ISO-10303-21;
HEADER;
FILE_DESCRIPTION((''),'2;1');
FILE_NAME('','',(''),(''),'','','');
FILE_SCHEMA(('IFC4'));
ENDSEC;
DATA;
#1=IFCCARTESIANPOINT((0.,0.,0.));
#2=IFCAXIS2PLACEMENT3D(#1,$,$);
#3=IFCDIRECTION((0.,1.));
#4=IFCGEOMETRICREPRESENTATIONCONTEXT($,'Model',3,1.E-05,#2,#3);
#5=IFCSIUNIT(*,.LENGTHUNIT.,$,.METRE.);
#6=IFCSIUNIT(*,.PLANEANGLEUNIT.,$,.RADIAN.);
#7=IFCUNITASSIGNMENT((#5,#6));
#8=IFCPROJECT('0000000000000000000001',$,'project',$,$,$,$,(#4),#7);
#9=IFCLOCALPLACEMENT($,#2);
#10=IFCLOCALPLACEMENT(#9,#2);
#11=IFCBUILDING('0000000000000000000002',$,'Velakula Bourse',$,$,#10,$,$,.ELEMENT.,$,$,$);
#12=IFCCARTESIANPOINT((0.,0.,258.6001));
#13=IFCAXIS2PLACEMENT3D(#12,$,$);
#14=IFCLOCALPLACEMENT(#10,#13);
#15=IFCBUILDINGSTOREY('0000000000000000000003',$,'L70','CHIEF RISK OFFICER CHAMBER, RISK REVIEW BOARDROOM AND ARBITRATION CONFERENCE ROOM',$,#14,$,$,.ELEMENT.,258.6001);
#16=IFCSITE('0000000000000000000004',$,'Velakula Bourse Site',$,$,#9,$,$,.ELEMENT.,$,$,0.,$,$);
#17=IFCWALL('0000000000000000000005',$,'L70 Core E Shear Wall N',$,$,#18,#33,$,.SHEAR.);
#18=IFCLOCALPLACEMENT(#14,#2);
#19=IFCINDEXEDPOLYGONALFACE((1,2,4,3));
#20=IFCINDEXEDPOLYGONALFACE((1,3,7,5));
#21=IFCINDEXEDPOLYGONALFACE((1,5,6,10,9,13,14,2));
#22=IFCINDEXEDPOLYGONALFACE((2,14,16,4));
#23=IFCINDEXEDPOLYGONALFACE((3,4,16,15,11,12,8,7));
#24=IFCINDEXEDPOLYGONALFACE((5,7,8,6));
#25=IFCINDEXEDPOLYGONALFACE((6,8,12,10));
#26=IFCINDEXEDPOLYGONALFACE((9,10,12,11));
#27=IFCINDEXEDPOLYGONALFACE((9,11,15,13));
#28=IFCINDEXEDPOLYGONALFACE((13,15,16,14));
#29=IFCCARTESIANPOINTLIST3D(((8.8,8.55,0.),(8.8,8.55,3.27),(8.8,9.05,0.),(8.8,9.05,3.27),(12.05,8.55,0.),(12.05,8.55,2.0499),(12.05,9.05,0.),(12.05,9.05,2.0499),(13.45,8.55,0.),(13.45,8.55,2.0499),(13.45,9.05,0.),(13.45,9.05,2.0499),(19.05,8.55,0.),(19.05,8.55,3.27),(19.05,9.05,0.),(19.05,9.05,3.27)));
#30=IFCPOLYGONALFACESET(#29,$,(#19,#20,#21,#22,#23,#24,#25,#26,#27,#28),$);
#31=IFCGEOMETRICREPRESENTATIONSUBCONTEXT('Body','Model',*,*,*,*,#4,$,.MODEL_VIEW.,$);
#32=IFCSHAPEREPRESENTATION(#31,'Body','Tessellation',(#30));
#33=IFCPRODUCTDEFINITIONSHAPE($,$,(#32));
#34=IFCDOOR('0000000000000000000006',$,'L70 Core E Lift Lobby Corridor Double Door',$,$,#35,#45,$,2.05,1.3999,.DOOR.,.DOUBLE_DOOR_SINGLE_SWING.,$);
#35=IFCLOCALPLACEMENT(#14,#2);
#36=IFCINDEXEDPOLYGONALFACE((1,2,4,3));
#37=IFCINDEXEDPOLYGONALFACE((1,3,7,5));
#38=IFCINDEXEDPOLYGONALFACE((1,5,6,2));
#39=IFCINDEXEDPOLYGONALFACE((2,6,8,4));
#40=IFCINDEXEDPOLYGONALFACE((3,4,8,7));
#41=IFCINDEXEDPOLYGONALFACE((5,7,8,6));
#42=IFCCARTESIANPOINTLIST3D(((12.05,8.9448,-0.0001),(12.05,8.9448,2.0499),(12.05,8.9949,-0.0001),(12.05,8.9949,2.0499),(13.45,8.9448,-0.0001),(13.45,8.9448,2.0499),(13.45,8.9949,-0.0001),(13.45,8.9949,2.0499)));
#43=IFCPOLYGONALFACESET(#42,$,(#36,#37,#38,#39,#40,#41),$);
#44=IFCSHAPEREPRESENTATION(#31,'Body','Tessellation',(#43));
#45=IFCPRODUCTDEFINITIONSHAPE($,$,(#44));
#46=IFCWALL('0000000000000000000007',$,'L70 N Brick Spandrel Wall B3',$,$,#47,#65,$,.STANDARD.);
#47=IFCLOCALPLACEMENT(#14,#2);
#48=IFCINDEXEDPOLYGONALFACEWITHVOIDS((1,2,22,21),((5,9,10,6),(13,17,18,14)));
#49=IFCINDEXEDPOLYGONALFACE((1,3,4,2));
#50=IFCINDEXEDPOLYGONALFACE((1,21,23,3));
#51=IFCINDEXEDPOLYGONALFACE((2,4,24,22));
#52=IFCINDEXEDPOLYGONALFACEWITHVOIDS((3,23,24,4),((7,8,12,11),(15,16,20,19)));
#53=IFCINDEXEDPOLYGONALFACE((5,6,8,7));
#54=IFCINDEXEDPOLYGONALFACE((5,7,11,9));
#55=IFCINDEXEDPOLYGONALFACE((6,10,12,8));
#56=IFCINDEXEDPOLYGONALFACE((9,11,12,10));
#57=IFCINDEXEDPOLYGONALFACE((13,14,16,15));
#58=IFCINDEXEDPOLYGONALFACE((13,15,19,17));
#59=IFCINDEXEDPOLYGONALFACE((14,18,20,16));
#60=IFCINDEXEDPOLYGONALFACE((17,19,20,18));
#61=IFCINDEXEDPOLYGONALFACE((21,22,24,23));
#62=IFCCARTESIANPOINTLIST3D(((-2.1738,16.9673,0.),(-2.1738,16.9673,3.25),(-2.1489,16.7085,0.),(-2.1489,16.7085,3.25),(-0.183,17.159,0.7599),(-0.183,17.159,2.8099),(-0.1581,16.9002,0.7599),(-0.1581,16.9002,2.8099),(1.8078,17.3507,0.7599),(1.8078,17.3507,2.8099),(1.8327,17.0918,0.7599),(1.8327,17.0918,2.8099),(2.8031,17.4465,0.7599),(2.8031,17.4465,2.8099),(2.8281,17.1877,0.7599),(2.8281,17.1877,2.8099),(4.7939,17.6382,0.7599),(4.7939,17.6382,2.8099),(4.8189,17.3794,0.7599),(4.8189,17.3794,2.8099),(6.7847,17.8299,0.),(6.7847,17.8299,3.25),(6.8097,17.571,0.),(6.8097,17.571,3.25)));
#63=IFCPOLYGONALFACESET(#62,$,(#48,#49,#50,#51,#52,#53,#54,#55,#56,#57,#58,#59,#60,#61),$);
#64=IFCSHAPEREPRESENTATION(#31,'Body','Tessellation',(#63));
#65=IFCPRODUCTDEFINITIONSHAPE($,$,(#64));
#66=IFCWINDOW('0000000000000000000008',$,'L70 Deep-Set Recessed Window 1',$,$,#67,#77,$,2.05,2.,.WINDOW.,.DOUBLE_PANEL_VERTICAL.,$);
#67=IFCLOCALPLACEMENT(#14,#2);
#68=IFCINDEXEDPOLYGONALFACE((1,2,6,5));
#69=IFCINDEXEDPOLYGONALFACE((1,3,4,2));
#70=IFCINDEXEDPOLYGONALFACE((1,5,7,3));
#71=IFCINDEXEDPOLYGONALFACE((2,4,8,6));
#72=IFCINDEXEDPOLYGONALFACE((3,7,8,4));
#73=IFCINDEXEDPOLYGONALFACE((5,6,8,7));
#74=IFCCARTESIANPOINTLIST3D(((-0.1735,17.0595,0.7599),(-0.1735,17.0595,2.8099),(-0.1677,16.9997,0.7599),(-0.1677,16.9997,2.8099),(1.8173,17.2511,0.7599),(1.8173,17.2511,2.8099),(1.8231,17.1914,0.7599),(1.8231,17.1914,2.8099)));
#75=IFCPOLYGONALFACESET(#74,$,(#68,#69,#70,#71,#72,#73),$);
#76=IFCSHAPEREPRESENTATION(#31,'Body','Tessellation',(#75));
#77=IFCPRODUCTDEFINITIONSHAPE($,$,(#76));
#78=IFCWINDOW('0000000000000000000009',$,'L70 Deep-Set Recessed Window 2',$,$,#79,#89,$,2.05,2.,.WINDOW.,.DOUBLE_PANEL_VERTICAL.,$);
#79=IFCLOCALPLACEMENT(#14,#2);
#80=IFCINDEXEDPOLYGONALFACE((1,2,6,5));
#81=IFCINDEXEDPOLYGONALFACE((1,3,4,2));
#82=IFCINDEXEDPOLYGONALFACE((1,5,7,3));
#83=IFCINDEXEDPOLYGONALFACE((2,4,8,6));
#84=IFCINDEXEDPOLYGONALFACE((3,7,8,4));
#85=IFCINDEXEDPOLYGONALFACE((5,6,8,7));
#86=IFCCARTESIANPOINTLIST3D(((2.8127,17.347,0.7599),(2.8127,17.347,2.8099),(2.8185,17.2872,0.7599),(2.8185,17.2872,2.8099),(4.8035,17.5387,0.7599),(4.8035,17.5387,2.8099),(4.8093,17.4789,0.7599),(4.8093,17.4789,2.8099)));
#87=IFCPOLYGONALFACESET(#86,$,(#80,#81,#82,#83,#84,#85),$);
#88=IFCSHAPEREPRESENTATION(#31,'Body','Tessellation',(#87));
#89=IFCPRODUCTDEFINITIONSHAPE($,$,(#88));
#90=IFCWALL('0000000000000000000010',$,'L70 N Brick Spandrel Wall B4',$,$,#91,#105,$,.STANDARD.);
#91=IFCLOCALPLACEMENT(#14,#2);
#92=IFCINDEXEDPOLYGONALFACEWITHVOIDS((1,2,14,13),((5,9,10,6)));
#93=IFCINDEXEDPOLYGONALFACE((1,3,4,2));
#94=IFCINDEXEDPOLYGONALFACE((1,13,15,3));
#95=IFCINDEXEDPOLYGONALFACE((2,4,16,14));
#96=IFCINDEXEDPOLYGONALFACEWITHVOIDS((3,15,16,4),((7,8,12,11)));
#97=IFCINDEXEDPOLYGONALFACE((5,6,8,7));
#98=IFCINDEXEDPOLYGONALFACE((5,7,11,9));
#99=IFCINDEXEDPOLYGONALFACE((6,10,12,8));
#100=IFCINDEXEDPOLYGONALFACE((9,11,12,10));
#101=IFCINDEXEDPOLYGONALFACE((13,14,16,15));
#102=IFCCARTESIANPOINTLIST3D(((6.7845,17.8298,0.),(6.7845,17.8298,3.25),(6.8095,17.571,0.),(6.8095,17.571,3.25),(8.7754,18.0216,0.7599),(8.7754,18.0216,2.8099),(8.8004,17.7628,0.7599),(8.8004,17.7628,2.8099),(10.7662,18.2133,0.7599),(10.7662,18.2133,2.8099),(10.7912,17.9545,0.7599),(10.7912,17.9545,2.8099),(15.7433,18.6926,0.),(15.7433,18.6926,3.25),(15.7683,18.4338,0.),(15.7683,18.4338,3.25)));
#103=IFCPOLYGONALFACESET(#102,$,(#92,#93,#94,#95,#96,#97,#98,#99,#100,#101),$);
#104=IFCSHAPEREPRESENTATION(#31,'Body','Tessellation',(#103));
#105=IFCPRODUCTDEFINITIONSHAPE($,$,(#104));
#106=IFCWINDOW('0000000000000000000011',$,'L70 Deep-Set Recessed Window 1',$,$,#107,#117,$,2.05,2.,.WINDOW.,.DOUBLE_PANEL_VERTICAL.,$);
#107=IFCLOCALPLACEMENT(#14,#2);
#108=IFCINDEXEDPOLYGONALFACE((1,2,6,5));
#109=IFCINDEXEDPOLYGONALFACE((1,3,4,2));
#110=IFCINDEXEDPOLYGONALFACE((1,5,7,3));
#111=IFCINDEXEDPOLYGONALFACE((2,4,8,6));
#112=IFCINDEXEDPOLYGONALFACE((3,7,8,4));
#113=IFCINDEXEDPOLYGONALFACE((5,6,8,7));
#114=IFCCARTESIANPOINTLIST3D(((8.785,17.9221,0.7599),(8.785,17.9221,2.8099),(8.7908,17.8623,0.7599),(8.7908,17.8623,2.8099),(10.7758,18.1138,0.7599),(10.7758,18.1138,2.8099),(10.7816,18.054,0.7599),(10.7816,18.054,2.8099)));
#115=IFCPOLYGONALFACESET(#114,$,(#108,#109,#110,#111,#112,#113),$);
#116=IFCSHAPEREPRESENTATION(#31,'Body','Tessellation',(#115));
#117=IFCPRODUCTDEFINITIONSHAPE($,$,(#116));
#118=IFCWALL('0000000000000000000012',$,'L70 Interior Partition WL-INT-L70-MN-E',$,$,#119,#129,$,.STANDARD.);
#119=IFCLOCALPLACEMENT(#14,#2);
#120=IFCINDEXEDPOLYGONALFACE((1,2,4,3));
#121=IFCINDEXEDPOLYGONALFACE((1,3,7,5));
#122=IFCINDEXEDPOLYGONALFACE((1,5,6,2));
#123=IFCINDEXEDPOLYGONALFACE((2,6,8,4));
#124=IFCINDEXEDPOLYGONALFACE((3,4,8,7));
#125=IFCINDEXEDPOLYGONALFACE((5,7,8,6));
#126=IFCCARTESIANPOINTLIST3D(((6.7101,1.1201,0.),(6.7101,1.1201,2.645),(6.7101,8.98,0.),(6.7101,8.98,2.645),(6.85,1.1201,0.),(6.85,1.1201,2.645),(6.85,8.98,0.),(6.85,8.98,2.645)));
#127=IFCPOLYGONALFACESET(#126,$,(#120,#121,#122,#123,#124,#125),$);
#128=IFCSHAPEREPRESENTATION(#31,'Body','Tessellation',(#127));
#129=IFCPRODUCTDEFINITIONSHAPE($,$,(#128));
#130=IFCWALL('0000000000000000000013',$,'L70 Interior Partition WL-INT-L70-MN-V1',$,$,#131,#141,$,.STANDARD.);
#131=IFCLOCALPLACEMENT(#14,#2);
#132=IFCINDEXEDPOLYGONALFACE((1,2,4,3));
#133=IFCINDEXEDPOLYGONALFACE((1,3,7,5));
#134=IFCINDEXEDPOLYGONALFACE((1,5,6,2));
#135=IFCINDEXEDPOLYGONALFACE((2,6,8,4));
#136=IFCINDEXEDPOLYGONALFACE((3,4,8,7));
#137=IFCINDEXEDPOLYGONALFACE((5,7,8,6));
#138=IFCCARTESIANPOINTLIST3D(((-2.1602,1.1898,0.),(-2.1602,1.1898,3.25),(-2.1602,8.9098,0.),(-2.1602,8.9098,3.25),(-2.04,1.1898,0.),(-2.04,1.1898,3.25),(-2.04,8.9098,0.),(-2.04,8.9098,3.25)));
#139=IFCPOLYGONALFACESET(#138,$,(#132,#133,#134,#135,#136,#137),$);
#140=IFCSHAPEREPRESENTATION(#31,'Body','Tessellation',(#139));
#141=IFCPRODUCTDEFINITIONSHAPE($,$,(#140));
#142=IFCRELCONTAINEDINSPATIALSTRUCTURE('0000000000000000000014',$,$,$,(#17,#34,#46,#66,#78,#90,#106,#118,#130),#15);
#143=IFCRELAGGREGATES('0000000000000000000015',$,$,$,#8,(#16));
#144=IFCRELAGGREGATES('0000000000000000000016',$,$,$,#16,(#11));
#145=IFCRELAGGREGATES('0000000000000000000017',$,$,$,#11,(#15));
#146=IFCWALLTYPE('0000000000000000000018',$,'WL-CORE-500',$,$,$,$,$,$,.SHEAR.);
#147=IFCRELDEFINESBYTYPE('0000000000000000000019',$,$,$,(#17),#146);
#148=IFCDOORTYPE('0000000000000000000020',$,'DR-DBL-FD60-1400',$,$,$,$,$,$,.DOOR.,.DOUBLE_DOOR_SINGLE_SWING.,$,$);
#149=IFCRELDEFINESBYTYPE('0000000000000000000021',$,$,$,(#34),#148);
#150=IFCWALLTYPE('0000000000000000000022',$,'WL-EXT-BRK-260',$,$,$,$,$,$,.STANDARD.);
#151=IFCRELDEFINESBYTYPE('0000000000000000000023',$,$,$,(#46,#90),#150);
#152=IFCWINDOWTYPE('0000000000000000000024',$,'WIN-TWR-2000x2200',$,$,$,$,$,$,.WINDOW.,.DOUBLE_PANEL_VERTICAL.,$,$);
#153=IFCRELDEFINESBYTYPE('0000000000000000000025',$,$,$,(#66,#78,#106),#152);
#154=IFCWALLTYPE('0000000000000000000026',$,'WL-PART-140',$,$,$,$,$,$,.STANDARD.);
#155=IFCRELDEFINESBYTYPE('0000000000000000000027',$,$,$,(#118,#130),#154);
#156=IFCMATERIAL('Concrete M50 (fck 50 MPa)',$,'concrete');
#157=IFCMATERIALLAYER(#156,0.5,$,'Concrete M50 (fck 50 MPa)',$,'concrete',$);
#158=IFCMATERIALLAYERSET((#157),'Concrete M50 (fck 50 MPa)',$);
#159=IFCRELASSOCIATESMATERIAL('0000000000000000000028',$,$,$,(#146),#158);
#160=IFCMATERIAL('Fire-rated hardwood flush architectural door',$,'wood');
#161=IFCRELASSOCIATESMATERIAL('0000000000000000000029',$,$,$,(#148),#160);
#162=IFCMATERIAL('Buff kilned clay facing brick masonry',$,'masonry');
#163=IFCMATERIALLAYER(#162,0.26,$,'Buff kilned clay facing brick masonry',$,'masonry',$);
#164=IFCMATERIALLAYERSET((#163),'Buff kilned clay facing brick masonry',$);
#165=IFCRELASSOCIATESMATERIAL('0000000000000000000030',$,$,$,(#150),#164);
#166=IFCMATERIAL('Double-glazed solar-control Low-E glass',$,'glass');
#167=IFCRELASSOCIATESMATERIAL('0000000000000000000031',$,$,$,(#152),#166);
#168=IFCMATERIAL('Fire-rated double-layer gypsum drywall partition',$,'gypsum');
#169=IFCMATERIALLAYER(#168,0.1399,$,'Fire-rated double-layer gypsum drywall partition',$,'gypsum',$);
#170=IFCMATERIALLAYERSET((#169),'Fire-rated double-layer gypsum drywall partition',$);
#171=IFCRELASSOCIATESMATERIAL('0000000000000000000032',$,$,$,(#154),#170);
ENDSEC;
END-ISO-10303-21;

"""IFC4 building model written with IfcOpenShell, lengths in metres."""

from ifc_helpers import new_model, si_unit, direction, frame, frame_2d, origin, place, context, subcontext, project, spatial, rectangle, extrude, material, layer, layer_set, type_object, element, fill, save


model = new_model("IFC4")

# Units and contexts
model_context = context("Model", 3, precision=1e-05, world=origin(), true_north=direction((0.0, 1.0)))
body_context = subcontext(model_context, "Body", "Model", "MODEL_VIEW")
ifc_project = project(units=[si_unit("LENGTHUNIT", "METRE"), si_unit("PLANEANGLEUNIT", "RADIAN")], contexts=[model_context])

# Site, building, storey
site_placement = place(None, origin())
site = spatial("IfcSite", under=ifc_project, at=site_placement, Name="Velakula Bourse Site", CompositionType="ELEMENT", RefElevation=0.0)
building_placement = place(site_placement, origin())
building = spatial("IfcBuilding", under=site, at=building_placement, Name="Velakula Bourse", CompositionType="ELEMENT")
storey_placement = place(building_placement, frame((0.0, 0.0, 258.6001)))
storey = spatial("IfcBuildingStorey", under=building, at=storey_placement, Name="L70", Description="CHIEF RISK OFFICER CHAMBER, RISK REVIEW BOARDROOM AND ARBITRATION CONFERENCE ROOM", CompositionType="ELEMENT", Elevation=258.6001)

# Shared definitions
ifc_material_1 = material(Name="Concrete M50 (fck 50 MPa)", Category="concrete")

# Wall, opening, door
ifc_layer_1 = layer(ifc_material_1, 0.5, Name="Concrete M50 (fck 50 MPa)", Category="concrete")
ifc_layer_set_1 = layer_set([ifc_layer_1], Name="Concrete M50 (fck 50 MPa)")
wall_type_1 = type_object("IfcWallType", Name="WL-CORE-500", PredefinedType="SHEAR", material=ifc_layer_set_1)
wall_1_placement = place(storey_placement, frame((8.8, 8.8, 0.0), z_axis=(0.0, 0.0, 1.0), x_axis=(1.0, 0.0, 0.0)))
wall_1 = element("IfcWall", 1, at=wall_1_placement, inside=storey, type_object=wall_type_1, Name="L70 Core E Shear Wall N", PredefinedType="SHEAR", context=body_context, shape_type="SweptSolid", body=[
    extrude(rectangle(XDim=10.25, YDim=0.5, at=frame_2d((5.125, 0.0))), origin(), (0.0, 0.0, 1.0), 3.27),
])
opening_1_placement = place(wall_1_placement, frame((3.25, 0.0, 0.0)))
opening_1 = element("IfcOpeningElement", 2, at=opening_1_placement, cuts=wall_1, PredefinedType="OPENING", context=body_context, shape_type="SweptSolid", body=[
    extrude(rectangle(XDim=1.3999, YDim=2.05, at=frame_2d((0.7, 1.0249))), frame((0.0, 0.26, 0.0), z_axis=(0.0, -1.0, 0.0), x_axis=(1.0, 0.0, 0.0)), (0.0, 0.0, 1.0), 0.52),
])
ifc_material_2 = material(Name="Fire-rated hardwood flush architectural door", Category="wood")
door_type = type_object("IfcDoorType", Name="DR-DBL-FD60-1400", OperationType="DOUBLE_DOOR_SINGLE_SWING", PredefinedType="DOOR", material=ifc_material_2)
door_placement = place(opening_1_placement, origin())
door = element("IfcDoor", 3, at=door_placement, inside=storey, type_object=door_type, Name="L70 Core E Lift Lobby Corridor Double Door", OperationType="DOUBLE_DOOR_SINGLE_SWING", OverallHeight=2.05, OverallWidth=1.3999, PredefinedType="DOOR", context=body_context, shape_type="SweptSolid", body=[
    extrude(rectangle(XDim=1.3999, YDim=2.05, at=frame_2d((0.7, 1.0249))), frame((0.0, 0.1948, 0.0), z_axis=(0.0, -1.0, 0.0), x_axis=(1.0, 0.0, 0.0)), (0.0, 0.0, 1.0), 0.05),
])
fill(opening_1, door)

# Wall, openings, windows
ifc_material_3 = material(Name="Buff kilned clay facing brick masonry", Category="masonry")
ifc_layer_2 = layer(ifc_material_3, 0.26, Name="Buff kilned clay facing brick masonry", Category="masonry")
ifc_layer_set_2 = layer_set([ifc_layer_2], Name="Buff kilned clay facing brick masonry")
wall_type_2 = type_object("IfcWallType", Name="WL-EXT-BRK-260", PredefinedType="STANDARD", material=ifc_layer_set_2)
wall_2_placement = place(storey_placement, frame((-2.1614, 16.8379, 0.0), z_axis=(0.0, 0.0, 1.0), x_axis=(0.995397, 0.09584, 0.0)))
wall_2 = element("IfcWall", 4, at=wall_2_placement, inside=storey, type_object=wall_type_2, Name="L70 N Brick Spandrel Wall B3", PredefinedType="STANDARD", context=body_context, shape_type="SweptSolid", body=[
    extrude(rectangle(XDim=9.0, YDim=0.26, at=frame_2d((4.5, 0.0))), origin(), (0.0, 0.0, 1.0), 3.25),
])
opening_2_placement = place(wall_2_placement, frame((2.0, 0.0, 0.76)))
opening_2 = element("IfcOpeningElement", 5, at=opening_2_placement, cuts=wall_2, PredefinedType="OPENING", context=body_context, shape_type="SweptSolid", body=[
    extrude(rectangle(XDim=2.0, YDim=2.05, at=frame_2d((1.0, 1.0249))), frame((0.0, 0.1399, 0.0), z_axis=(0.0, -1.0, 0.0), x_axis=(1.0, 0.0, 0.0)), (0.0, 0.0, 1.0), 0.28),
])
opening_3_placement = place(wall_2_placement, frame((5.0, 0.0, 0.76)))
opening_3 = element("IfcOpeningElement", 6, at=opening_3_placement, cuts=wall_2, PredefinedType="OPENING", context=body_context, shape_type="SweptSolid", body=[
    extrude(rectangle(XDim=2.0, YDim=2.05, at=frame_2d((1.0, 1.0249))), frame((0.0, 0.1399, 0.0), z_axis=(0.0, -1.0, 0.0), x_axis=(1.0, 0.0, 0.0)), (0.0, 0.0, 1.0), 0.28),
])
ifc_material_4 = material(Name="Double-glazed solar-control Low-E glass", Category="glass")
window_type = type_object("IfcWindowType", Name="WIN-TWR-2000x2200", PartitioningType="DOUBLE_PANEL_VERTICAL", PredefinedType="WINDOW", material=ifc_material_4)
window_1_placement = place(opening_2_placement, origin())
window_1 = element("IfcWindow", 7, at=window_1_placement, inside=storey, type_object=window_type, Name="L70 Deep-Set Recessed Window 1", OverallHeight=2.05, OverallWidth=2.0, PartitioningType="DOUBLE_PANEL_VERTICAL", PredefinedType="WINDOW", context=body_context, shape_type="SweptSolid", body=[
    extrude(rectangle(XDim=2.0, YDim=2.05, at=frame_2d((1.0, 1.0249))), frame((0.0, 0.03, 0.0), z_axis=(0.0, -1.0, 0.0), x_axis=(1.0, 0.0, 0.0)), (0.0, 0.0, 1.0), 0.0601),
])
fill(opening_2, window_1)
window_2_placement = place(opening_3_placement, origin())
window_2 = element("IfcWindow", 8, at=window_2_placement, inside=storey, type_object=window_type, Name="L70 Deep-Set Recessed Window 2", OverallHeight=2.05, OverallWidth=2.0, PartitioningType="DOUBLE_PANEL_VERTICAL", PredefinedType="WINDOW", context=body_context, shape_type="SweptSolid", body=[
    extrude(rectangle(XDim=2.0, YDim=2.05, at=frame_2d((1.0, 1.0249))), frame((0.0, 0.03, 0.0), z_axis=(0.0, -1.0, 0.0), x_axis=(1.0, 0.0, 0.0)), (0.0, 0.0, 1.0), 0.0601),
])
fill(opening_3, window_2)

# Wall, opening, window
wall_3_placement = place(storey_placement, frame((6.7971, 17.7004, 0.0), z_axis=(0.0, 0.0, 1.0), x_axis=(0.995394, 0.095864, 0.0)))
wall_3 = element("IfcWall", 9, at=wall_3_placement, inside=storey, type_object=wall_type_2, Name="L70 N Brick Spandrel Wall B4", PredefinedType="STANDARD", context=body_context, shape_type="SweptSolid", body=[
    extrude(rectangle(XDim=9.0002, YDim=0.26, at=frame_2d((4.5, 0.0))), origin(), (0.0, 0.0, 1.0), 3.25),
])
opening_4_placement = place(wall_3_placement, frame((2.0, 0.0, 0.76)))
opening_4 = element("IfcOpeningElement", 10, at=opening_4_placement, cuts=wall_3, PredefinedType="OPENING", context=body_context, shape_type="SweptSolid", body=[
    extrude(rectangle(XDim=2.0, YDim=2.05, at=frame_2d((1.0, 1.0249))), frame((0.0, 0.1399, 0.0), z_axis=(0.0, -1.0, 0.0), x_axis=(1.0, 0.0, 0.0)), (0.0, 0.0, 1.0), 0.28),
])
window_3_placement = place(opening_4_placement, origin())
window_3 = element("IfcWindow", 11, at=window_3_placement, inside=storey, type_object=window_type, Name="L70 Deep-Set Recessed Window 1", OverallHeight=2.05, OverallWidth=2.0, PartitioningType="DOUBLE_PANEL_VERTICAL", PredefinedType="WINDOW", context=body_context, shape_type="SweptSolid", body=[
    extrude(rectangle(XDim=2.0, YDim=2.05, at=frame_2d((1.0, 1.0249))), frame((0.0, 0.03, 0.0), z_axis=(0.0, -1.0, 0.0), x_axis=(1.0, 0.0, 0.0)), (0.0, 0.0, 1.0), 0.0601),
])
fill(opening_4, window_3)

# Walls
ifc_material_5 = material(Name="Fire-rated double-layer gypsum drywall partition", Category="gypsum")
ifc_layer_3 = layer(ifc_material_5, 0.1399, Name="Fire-rated double-layer gypsum drywall partition", Category="gypsum")
ifc_layer_set_3 = layer_set([ifc_layer_3], Name="Fire-rated double-layer gypsum drywall partition")
wall_type_3 = type_object("IfcWallType", Name="WL-PART-140", PredefinedType="STANDARD", material=ifc_layer_set_3)
wall_4_placement = place(storey_placement, frame((6.78, 1.1201, 0.0), z_axis=(0.0, 0.0, 1.0), x_axis=(0.0, 1.0, 0.0)))
element("IfcWall", 12, at=wall_4_placement, inside=storey, type_object=wall_type_3, Name="L70 Interior Partition WL-INT-L70-MN-E", PredefinedType="STANDARD", context=body_context, shape_type="SweptSolid", body=[
    extrude(rectangle(XDim=7.8599, YDim=0.1399, at=frame_2d((3.9299, 0.0))), origin(), (0.0, 0.0, 1.0), 2.645),
])
wall_5_placement = place(storey_placement, frame((-2.1001, 1.1899, 0.0), z_axis=(0.0, 0.0, 1.0), x_axis=(0.0, 1.0, 0.0)))
element("IfcWall", 13, at=wall_5_placement, inside=storey, type_object=wall_type_3, Name="L70 Interior Partition WL-INT-L70-MN-V1", PredefinedType="STANDARD", context=body_context, shape_type="SweptSolid", body=[
    extrude(rectangle(XDim=7.72, YDim=0.1201, at=frame_2d((3.8599, 0.0))), origin(), (0.0, 0.0, 1.0), 3.25),
])

save(model, "model.ifc")
